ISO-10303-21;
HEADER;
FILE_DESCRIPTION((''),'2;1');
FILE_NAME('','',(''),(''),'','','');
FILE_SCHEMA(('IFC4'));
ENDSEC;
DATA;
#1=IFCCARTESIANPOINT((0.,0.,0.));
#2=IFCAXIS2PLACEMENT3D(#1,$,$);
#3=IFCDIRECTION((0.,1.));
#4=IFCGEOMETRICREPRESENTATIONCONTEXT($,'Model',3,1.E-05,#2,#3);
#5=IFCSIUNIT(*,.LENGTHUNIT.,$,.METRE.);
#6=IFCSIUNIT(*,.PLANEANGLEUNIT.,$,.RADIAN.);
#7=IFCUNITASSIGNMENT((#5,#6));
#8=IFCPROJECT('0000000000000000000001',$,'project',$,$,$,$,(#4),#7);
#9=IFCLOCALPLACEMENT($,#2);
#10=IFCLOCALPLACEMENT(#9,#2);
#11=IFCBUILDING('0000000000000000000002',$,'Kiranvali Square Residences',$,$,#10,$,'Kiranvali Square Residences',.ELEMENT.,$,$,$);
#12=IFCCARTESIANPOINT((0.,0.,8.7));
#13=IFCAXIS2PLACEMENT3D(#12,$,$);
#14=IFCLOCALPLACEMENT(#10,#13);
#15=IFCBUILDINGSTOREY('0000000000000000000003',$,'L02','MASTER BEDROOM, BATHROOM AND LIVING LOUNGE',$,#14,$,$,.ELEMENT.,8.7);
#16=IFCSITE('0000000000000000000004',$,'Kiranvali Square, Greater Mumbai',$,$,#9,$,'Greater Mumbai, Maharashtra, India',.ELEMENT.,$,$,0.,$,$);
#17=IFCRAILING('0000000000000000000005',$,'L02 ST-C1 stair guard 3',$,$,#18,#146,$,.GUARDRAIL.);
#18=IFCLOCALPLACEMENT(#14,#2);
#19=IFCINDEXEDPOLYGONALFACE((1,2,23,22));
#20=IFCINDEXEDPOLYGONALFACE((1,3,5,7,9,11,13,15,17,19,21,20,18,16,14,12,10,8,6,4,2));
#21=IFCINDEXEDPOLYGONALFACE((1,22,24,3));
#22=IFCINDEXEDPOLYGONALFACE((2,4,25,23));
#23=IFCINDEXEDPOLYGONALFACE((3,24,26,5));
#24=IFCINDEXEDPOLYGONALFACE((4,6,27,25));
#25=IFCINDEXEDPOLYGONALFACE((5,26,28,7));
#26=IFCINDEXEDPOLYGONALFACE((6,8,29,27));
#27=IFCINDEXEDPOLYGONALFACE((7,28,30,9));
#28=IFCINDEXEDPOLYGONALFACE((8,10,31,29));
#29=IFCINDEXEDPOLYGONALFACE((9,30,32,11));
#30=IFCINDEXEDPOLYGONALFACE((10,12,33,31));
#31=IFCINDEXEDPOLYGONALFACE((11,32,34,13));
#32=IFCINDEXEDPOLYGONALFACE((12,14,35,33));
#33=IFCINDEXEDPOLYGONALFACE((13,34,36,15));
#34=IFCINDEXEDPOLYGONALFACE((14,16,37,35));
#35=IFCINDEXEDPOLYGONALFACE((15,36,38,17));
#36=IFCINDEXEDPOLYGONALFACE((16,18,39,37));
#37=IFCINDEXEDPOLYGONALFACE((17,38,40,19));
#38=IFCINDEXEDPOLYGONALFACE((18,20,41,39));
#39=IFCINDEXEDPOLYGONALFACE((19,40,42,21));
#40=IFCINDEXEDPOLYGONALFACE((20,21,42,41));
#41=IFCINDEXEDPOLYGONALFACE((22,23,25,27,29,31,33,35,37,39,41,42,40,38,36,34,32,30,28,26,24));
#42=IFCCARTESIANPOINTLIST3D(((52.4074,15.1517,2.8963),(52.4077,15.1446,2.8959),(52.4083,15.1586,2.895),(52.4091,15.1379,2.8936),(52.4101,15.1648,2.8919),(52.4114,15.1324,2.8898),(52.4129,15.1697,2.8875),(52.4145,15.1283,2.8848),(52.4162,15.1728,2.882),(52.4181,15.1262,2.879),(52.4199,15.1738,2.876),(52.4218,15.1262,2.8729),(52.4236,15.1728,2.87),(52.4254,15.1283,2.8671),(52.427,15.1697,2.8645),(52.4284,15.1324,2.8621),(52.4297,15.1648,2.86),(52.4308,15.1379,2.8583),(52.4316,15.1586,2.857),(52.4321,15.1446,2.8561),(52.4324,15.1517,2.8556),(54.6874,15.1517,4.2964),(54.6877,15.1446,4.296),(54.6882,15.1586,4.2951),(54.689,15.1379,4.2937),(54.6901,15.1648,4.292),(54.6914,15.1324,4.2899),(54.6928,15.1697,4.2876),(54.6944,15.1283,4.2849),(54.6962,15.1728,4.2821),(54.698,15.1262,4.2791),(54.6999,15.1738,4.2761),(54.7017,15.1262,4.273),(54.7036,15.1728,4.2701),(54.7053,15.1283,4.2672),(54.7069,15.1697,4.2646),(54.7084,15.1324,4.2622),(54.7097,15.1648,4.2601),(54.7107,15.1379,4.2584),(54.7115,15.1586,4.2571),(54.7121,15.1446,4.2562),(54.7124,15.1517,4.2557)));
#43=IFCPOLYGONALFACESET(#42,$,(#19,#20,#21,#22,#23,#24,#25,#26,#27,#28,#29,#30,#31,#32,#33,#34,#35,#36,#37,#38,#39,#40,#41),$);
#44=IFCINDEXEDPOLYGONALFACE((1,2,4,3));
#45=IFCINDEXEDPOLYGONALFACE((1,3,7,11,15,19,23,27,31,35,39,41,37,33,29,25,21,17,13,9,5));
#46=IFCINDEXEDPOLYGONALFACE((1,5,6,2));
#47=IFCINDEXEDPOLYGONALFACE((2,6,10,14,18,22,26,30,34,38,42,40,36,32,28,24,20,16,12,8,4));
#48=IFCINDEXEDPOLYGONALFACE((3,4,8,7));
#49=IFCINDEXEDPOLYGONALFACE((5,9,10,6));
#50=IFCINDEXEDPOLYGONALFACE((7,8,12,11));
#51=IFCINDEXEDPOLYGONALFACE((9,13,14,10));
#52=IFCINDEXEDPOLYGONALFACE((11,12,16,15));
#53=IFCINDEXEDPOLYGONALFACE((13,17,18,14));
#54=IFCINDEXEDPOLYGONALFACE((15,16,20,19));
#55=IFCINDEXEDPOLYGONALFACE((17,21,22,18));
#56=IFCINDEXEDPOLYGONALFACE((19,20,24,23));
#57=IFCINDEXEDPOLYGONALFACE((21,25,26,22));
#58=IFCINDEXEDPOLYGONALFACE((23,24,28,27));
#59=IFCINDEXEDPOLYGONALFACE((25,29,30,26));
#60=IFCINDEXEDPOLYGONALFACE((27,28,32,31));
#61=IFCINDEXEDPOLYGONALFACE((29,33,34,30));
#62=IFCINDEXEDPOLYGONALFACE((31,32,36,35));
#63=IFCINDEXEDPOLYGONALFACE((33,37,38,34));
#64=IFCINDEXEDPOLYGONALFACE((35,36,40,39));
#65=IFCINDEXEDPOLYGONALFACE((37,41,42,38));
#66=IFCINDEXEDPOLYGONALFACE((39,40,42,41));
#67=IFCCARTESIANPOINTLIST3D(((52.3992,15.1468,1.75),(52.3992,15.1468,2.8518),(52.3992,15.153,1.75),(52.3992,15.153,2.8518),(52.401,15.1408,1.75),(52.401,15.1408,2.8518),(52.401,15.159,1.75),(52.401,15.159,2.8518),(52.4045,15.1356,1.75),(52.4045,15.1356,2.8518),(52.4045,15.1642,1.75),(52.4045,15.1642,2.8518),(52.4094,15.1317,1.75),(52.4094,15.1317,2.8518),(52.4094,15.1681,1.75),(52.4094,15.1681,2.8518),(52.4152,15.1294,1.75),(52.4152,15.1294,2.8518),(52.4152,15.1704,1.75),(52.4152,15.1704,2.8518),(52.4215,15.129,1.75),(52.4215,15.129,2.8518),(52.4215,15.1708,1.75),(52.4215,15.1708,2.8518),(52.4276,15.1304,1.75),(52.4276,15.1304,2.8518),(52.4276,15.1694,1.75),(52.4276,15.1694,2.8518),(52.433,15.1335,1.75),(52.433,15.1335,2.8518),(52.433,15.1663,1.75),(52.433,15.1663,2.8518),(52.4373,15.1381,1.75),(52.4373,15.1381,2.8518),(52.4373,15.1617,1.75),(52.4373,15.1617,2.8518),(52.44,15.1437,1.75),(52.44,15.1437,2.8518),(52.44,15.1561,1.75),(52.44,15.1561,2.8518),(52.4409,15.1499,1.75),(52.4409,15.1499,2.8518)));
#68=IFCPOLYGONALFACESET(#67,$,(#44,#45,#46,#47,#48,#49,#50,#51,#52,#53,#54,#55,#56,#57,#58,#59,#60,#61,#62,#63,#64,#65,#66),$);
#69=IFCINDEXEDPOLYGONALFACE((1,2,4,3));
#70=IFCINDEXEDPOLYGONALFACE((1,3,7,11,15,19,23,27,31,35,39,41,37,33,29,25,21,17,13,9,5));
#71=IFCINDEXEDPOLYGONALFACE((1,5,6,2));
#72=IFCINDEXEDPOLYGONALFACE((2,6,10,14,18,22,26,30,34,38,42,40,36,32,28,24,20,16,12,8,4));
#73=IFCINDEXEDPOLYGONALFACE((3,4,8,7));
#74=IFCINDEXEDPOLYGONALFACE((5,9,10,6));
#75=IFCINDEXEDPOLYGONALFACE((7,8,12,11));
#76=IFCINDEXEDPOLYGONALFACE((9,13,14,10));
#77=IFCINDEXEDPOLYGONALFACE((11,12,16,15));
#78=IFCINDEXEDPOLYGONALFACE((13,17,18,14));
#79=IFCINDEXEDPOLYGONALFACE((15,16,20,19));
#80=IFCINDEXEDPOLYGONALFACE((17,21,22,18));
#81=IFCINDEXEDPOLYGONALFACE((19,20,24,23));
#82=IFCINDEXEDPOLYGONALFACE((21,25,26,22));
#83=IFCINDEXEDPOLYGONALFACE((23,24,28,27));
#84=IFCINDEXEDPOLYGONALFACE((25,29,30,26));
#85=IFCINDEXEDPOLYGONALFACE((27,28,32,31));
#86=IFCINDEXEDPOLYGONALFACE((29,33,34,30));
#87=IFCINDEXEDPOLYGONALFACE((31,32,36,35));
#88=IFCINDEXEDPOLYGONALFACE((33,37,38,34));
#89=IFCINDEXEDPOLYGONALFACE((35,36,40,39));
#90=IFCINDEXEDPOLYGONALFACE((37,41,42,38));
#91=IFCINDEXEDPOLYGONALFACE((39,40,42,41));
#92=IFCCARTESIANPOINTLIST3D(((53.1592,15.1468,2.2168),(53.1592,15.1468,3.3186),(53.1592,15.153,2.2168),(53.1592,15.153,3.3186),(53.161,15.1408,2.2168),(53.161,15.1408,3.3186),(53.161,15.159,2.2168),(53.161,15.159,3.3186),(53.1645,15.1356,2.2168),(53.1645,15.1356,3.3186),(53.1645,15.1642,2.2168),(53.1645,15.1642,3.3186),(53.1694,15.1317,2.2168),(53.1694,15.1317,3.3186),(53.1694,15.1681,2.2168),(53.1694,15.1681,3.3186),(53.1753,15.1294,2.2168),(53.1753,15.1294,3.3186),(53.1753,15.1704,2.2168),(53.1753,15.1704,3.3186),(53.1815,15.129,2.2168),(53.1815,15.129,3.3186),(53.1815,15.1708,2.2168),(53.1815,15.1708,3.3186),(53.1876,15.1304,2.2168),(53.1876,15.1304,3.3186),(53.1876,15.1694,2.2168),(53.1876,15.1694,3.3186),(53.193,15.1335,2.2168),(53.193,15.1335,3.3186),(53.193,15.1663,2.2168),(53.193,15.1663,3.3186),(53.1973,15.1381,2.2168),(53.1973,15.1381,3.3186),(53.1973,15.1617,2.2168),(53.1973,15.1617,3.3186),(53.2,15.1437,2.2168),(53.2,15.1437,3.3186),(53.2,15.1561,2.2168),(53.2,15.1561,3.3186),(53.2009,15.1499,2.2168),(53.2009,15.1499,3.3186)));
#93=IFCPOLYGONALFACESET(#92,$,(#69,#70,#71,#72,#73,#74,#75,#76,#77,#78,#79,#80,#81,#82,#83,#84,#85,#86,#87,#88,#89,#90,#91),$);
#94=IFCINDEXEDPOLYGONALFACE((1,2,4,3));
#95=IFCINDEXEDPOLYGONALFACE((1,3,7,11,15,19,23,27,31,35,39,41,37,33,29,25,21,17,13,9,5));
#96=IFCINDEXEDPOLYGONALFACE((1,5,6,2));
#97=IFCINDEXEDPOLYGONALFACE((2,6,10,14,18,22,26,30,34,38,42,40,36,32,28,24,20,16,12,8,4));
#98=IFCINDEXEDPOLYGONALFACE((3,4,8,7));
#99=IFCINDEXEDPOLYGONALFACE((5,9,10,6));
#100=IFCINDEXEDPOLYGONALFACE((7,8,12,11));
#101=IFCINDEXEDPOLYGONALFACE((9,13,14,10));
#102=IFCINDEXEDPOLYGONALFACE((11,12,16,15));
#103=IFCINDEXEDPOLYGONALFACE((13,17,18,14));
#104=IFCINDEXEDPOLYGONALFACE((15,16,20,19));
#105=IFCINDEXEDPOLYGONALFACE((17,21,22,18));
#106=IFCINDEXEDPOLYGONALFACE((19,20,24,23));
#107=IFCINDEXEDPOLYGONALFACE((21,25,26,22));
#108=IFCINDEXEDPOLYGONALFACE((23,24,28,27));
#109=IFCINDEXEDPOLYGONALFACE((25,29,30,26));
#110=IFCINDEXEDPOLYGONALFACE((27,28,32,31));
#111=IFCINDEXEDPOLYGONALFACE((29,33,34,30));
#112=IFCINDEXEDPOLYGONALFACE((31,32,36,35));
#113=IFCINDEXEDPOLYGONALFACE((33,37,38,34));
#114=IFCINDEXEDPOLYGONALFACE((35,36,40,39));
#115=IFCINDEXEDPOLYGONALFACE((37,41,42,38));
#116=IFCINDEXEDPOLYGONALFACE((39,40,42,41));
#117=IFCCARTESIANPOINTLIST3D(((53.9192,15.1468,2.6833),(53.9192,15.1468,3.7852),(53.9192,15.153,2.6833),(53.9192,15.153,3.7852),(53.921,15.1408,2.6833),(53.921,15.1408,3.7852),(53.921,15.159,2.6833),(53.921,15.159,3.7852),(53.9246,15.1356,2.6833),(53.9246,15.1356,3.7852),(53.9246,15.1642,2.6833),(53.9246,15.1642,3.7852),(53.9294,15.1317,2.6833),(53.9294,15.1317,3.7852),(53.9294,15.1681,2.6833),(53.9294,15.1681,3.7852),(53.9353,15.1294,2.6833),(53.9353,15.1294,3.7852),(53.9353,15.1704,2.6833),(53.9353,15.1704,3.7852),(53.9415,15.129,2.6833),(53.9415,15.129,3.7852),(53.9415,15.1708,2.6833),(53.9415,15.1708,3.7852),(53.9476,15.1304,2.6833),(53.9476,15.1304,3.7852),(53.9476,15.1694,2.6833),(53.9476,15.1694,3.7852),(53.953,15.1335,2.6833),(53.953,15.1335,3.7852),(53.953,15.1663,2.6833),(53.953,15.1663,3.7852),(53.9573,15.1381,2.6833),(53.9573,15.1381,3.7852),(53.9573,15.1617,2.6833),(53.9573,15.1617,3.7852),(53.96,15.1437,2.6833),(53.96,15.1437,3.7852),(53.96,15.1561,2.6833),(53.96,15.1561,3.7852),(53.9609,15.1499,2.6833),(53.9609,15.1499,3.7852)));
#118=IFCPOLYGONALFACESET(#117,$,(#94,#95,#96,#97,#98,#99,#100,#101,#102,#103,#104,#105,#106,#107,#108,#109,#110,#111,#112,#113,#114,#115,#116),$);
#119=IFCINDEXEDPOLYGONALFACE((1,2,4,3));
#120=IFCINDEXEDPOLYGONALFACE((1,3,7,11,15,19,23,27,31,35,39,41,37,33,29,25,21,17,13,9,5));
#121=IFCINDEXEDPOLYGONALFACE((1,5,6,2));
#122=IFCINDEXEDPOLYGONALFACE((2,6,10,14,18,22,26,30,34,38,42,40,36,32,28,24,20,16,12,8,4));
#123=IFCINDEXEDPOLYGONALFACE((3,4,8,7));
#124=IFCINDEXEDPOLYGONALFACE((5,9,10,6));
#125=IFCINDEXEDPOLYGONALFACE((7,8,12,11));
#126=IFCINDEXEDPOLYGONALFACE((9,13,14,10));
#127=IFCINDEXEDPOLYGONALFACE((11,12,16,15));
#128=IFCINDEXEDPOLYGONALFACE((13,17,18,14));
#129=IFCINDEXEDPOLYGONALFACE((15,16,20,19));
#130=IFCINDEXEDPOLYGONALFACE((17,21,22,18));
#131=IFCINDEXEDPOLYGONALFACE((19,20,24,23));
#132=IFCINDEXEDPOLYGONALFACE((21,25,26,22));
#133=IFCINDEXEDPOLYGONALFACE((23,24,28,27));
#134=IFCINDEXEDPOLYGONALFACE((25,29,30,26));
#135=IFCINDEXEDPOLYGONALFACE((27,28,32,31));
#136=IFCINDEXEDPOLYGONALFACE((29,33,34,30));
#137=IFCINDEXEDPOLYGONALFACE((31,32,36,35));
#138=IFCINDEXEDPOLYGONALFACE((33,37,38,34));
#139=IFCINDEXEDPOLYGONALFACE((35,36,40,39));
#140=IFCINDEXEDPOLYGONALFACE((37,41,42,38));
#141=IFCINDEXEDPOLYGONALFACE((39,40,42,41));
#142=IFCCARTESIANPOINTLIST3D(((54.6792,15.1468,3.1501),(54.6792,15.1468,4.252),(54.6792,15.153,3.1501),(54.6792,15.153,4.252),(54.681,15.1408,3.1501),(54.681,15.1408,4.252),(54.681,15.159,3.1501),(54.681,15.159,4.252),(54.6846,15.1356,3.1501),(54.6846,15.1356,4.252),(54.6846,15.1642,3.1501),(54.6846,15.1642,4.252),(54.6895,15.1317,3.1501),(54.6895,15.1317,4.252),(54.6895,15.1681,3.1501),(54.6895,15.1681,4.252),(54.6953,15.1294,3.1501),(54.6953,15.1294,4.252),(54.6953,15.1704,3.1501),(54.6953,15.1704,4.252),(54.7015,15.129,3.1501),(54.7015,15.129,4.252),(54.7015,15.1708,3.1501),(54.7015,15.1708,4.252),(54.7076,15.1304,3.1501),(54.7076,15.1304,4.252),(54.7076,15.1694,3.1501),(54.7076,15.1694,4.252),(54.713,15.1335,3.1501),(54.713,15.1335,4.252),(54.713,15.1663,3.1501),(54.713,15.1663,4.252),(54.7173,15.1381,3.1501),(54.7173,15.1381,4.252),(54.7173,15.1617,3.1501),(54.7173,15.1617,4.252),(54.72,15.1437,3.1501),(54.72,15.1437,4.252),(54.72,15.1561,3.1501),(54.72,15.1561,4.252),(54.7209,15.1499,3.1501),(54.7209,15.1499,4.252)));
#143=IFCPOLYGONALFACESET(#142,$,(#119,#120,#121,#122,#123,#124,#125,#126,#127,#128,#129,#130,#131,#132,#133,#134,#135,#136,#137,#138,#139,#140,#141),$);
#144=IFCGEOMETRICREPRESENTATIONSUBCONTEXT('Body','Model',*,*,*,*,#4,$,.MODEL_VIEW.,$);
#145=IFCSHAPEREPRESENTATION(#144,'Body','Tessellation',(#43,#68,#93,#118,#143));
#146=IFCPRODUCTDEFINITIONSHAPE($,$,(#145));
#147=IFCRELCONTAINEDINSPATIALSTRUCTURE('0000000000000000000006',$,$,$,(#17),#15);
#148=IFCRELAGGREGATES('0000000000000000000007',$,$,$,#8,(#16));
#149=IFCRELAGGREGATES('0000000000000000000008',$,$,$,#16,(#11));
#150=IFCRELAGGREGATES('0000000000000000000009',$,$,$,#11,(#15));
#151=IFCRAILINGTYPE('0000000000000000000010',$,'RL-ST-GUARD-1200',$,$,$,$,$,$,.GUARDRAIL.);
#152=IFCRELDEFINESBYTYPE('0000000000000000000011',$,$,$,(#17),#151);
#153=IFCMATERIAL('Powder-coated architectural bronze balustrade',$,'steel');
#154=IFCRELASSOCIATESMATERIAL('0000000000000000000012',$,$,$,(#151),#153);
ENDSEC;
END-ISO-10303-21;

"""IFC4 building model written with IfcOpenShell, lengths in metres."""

from ifc_helpers import new_model, si_unit, direction, frame, origin, origin_2d, place, context, subcontext, project, spatial, circle, extrude, material, type_object, element, save


model = new_model("IFC4")

# Units and contexts
model_context = context("Model", 3, precision=1e-05, world=origin(), true_north=direction((0.0, 1.0)))
body_context = subcontext(model_context, "Body", "Model", "MODEL_VIEW")
ifc_project = project(units=[si_unit("LENGTHUNIT", "METRE"), si_unit("PLANEANGLEUNIT", "RADIAN")], contexts=[model_context])

# Site, building, storey
site_placement = place(None, origin())
site = spatial("IfcSite", under=ifc_project, at=site_placement, Name="Kiranvali Square, Greater Mumbai", LongName="Greater Mumbai, Maharashtra, India", CompositionType="ELEMENT", RefElevation=0.0)
building_placement = place(site_placement, origin())
building = spatial("IfcBuilding", under=site, at=building_placement, Name="Kiranvali Square Residences", LongName="Kiranvali Square Residences", CompositionType="ELEMENT")
storey_placement = place(building_placement, frame((0.0, 0.0, 8.7)))
storey = spatial("IfcBuildingStorey", under=building, at=storey_placement, Name="L02", Description="MASTER BEDROOM, BATHROOM AND LIVING LOUNGE", CompositionType="ELEMENT", Elevation=8.7)

# Railing
ifc_material_1 = material(Name="Powder-coated architectural bronze balustrade", Category="steel")
railing_type_1 = type_object("IfcRailingType", Name="RL-ST-GUARD-1200", PredefinedType="GUARDRAIL", material=ifc_material_1)
railing_1_placement = place(storey_placement, frame((52.4199, 15.1499, 1.75)))
element("IfcRailing", 1, at=railing_1_placement, inside=storey, type_object=railing_type_1, Name="L02 ST-C1 stair guard 3", PredefinedType="GUARDRAIL", context=body_context, shape_type="SweptSolid", body=[
    extrude(circle(Radius=0.0239, at=origin_2d()), frame((0.0, 0.0, 1.126), z_axis=(0.85215, 0.0, 0.523298), x_axis=(0.0, 1.0, 0.0)), (0.0, 0.0, 1.0), 2.6755),
    extrude(circle(Radius=0.021, at=origin_2d()), origin(), (0.0, 0.0, 1.0), 1.1018),
    extrude(circle(Radius=0.021, at=origin_2d()), frame((0.76, 0.0, 0.4668)), (0.0, 0.0, 1.0), 1.1018),
    extrude(circle(Radius=0.021, at=origin_2d()), frame((1.52, 0.0, 0.9333)), (0.0, 0.0, 1.0), 1.1018),
    extrude(circle(Radius=0.021, at=origin_2d()), frame((2.28, 0.0, 1.4001)), (0.0, 0.0, 1.0), 1.1018),
])

save(model, "model.ifc")
